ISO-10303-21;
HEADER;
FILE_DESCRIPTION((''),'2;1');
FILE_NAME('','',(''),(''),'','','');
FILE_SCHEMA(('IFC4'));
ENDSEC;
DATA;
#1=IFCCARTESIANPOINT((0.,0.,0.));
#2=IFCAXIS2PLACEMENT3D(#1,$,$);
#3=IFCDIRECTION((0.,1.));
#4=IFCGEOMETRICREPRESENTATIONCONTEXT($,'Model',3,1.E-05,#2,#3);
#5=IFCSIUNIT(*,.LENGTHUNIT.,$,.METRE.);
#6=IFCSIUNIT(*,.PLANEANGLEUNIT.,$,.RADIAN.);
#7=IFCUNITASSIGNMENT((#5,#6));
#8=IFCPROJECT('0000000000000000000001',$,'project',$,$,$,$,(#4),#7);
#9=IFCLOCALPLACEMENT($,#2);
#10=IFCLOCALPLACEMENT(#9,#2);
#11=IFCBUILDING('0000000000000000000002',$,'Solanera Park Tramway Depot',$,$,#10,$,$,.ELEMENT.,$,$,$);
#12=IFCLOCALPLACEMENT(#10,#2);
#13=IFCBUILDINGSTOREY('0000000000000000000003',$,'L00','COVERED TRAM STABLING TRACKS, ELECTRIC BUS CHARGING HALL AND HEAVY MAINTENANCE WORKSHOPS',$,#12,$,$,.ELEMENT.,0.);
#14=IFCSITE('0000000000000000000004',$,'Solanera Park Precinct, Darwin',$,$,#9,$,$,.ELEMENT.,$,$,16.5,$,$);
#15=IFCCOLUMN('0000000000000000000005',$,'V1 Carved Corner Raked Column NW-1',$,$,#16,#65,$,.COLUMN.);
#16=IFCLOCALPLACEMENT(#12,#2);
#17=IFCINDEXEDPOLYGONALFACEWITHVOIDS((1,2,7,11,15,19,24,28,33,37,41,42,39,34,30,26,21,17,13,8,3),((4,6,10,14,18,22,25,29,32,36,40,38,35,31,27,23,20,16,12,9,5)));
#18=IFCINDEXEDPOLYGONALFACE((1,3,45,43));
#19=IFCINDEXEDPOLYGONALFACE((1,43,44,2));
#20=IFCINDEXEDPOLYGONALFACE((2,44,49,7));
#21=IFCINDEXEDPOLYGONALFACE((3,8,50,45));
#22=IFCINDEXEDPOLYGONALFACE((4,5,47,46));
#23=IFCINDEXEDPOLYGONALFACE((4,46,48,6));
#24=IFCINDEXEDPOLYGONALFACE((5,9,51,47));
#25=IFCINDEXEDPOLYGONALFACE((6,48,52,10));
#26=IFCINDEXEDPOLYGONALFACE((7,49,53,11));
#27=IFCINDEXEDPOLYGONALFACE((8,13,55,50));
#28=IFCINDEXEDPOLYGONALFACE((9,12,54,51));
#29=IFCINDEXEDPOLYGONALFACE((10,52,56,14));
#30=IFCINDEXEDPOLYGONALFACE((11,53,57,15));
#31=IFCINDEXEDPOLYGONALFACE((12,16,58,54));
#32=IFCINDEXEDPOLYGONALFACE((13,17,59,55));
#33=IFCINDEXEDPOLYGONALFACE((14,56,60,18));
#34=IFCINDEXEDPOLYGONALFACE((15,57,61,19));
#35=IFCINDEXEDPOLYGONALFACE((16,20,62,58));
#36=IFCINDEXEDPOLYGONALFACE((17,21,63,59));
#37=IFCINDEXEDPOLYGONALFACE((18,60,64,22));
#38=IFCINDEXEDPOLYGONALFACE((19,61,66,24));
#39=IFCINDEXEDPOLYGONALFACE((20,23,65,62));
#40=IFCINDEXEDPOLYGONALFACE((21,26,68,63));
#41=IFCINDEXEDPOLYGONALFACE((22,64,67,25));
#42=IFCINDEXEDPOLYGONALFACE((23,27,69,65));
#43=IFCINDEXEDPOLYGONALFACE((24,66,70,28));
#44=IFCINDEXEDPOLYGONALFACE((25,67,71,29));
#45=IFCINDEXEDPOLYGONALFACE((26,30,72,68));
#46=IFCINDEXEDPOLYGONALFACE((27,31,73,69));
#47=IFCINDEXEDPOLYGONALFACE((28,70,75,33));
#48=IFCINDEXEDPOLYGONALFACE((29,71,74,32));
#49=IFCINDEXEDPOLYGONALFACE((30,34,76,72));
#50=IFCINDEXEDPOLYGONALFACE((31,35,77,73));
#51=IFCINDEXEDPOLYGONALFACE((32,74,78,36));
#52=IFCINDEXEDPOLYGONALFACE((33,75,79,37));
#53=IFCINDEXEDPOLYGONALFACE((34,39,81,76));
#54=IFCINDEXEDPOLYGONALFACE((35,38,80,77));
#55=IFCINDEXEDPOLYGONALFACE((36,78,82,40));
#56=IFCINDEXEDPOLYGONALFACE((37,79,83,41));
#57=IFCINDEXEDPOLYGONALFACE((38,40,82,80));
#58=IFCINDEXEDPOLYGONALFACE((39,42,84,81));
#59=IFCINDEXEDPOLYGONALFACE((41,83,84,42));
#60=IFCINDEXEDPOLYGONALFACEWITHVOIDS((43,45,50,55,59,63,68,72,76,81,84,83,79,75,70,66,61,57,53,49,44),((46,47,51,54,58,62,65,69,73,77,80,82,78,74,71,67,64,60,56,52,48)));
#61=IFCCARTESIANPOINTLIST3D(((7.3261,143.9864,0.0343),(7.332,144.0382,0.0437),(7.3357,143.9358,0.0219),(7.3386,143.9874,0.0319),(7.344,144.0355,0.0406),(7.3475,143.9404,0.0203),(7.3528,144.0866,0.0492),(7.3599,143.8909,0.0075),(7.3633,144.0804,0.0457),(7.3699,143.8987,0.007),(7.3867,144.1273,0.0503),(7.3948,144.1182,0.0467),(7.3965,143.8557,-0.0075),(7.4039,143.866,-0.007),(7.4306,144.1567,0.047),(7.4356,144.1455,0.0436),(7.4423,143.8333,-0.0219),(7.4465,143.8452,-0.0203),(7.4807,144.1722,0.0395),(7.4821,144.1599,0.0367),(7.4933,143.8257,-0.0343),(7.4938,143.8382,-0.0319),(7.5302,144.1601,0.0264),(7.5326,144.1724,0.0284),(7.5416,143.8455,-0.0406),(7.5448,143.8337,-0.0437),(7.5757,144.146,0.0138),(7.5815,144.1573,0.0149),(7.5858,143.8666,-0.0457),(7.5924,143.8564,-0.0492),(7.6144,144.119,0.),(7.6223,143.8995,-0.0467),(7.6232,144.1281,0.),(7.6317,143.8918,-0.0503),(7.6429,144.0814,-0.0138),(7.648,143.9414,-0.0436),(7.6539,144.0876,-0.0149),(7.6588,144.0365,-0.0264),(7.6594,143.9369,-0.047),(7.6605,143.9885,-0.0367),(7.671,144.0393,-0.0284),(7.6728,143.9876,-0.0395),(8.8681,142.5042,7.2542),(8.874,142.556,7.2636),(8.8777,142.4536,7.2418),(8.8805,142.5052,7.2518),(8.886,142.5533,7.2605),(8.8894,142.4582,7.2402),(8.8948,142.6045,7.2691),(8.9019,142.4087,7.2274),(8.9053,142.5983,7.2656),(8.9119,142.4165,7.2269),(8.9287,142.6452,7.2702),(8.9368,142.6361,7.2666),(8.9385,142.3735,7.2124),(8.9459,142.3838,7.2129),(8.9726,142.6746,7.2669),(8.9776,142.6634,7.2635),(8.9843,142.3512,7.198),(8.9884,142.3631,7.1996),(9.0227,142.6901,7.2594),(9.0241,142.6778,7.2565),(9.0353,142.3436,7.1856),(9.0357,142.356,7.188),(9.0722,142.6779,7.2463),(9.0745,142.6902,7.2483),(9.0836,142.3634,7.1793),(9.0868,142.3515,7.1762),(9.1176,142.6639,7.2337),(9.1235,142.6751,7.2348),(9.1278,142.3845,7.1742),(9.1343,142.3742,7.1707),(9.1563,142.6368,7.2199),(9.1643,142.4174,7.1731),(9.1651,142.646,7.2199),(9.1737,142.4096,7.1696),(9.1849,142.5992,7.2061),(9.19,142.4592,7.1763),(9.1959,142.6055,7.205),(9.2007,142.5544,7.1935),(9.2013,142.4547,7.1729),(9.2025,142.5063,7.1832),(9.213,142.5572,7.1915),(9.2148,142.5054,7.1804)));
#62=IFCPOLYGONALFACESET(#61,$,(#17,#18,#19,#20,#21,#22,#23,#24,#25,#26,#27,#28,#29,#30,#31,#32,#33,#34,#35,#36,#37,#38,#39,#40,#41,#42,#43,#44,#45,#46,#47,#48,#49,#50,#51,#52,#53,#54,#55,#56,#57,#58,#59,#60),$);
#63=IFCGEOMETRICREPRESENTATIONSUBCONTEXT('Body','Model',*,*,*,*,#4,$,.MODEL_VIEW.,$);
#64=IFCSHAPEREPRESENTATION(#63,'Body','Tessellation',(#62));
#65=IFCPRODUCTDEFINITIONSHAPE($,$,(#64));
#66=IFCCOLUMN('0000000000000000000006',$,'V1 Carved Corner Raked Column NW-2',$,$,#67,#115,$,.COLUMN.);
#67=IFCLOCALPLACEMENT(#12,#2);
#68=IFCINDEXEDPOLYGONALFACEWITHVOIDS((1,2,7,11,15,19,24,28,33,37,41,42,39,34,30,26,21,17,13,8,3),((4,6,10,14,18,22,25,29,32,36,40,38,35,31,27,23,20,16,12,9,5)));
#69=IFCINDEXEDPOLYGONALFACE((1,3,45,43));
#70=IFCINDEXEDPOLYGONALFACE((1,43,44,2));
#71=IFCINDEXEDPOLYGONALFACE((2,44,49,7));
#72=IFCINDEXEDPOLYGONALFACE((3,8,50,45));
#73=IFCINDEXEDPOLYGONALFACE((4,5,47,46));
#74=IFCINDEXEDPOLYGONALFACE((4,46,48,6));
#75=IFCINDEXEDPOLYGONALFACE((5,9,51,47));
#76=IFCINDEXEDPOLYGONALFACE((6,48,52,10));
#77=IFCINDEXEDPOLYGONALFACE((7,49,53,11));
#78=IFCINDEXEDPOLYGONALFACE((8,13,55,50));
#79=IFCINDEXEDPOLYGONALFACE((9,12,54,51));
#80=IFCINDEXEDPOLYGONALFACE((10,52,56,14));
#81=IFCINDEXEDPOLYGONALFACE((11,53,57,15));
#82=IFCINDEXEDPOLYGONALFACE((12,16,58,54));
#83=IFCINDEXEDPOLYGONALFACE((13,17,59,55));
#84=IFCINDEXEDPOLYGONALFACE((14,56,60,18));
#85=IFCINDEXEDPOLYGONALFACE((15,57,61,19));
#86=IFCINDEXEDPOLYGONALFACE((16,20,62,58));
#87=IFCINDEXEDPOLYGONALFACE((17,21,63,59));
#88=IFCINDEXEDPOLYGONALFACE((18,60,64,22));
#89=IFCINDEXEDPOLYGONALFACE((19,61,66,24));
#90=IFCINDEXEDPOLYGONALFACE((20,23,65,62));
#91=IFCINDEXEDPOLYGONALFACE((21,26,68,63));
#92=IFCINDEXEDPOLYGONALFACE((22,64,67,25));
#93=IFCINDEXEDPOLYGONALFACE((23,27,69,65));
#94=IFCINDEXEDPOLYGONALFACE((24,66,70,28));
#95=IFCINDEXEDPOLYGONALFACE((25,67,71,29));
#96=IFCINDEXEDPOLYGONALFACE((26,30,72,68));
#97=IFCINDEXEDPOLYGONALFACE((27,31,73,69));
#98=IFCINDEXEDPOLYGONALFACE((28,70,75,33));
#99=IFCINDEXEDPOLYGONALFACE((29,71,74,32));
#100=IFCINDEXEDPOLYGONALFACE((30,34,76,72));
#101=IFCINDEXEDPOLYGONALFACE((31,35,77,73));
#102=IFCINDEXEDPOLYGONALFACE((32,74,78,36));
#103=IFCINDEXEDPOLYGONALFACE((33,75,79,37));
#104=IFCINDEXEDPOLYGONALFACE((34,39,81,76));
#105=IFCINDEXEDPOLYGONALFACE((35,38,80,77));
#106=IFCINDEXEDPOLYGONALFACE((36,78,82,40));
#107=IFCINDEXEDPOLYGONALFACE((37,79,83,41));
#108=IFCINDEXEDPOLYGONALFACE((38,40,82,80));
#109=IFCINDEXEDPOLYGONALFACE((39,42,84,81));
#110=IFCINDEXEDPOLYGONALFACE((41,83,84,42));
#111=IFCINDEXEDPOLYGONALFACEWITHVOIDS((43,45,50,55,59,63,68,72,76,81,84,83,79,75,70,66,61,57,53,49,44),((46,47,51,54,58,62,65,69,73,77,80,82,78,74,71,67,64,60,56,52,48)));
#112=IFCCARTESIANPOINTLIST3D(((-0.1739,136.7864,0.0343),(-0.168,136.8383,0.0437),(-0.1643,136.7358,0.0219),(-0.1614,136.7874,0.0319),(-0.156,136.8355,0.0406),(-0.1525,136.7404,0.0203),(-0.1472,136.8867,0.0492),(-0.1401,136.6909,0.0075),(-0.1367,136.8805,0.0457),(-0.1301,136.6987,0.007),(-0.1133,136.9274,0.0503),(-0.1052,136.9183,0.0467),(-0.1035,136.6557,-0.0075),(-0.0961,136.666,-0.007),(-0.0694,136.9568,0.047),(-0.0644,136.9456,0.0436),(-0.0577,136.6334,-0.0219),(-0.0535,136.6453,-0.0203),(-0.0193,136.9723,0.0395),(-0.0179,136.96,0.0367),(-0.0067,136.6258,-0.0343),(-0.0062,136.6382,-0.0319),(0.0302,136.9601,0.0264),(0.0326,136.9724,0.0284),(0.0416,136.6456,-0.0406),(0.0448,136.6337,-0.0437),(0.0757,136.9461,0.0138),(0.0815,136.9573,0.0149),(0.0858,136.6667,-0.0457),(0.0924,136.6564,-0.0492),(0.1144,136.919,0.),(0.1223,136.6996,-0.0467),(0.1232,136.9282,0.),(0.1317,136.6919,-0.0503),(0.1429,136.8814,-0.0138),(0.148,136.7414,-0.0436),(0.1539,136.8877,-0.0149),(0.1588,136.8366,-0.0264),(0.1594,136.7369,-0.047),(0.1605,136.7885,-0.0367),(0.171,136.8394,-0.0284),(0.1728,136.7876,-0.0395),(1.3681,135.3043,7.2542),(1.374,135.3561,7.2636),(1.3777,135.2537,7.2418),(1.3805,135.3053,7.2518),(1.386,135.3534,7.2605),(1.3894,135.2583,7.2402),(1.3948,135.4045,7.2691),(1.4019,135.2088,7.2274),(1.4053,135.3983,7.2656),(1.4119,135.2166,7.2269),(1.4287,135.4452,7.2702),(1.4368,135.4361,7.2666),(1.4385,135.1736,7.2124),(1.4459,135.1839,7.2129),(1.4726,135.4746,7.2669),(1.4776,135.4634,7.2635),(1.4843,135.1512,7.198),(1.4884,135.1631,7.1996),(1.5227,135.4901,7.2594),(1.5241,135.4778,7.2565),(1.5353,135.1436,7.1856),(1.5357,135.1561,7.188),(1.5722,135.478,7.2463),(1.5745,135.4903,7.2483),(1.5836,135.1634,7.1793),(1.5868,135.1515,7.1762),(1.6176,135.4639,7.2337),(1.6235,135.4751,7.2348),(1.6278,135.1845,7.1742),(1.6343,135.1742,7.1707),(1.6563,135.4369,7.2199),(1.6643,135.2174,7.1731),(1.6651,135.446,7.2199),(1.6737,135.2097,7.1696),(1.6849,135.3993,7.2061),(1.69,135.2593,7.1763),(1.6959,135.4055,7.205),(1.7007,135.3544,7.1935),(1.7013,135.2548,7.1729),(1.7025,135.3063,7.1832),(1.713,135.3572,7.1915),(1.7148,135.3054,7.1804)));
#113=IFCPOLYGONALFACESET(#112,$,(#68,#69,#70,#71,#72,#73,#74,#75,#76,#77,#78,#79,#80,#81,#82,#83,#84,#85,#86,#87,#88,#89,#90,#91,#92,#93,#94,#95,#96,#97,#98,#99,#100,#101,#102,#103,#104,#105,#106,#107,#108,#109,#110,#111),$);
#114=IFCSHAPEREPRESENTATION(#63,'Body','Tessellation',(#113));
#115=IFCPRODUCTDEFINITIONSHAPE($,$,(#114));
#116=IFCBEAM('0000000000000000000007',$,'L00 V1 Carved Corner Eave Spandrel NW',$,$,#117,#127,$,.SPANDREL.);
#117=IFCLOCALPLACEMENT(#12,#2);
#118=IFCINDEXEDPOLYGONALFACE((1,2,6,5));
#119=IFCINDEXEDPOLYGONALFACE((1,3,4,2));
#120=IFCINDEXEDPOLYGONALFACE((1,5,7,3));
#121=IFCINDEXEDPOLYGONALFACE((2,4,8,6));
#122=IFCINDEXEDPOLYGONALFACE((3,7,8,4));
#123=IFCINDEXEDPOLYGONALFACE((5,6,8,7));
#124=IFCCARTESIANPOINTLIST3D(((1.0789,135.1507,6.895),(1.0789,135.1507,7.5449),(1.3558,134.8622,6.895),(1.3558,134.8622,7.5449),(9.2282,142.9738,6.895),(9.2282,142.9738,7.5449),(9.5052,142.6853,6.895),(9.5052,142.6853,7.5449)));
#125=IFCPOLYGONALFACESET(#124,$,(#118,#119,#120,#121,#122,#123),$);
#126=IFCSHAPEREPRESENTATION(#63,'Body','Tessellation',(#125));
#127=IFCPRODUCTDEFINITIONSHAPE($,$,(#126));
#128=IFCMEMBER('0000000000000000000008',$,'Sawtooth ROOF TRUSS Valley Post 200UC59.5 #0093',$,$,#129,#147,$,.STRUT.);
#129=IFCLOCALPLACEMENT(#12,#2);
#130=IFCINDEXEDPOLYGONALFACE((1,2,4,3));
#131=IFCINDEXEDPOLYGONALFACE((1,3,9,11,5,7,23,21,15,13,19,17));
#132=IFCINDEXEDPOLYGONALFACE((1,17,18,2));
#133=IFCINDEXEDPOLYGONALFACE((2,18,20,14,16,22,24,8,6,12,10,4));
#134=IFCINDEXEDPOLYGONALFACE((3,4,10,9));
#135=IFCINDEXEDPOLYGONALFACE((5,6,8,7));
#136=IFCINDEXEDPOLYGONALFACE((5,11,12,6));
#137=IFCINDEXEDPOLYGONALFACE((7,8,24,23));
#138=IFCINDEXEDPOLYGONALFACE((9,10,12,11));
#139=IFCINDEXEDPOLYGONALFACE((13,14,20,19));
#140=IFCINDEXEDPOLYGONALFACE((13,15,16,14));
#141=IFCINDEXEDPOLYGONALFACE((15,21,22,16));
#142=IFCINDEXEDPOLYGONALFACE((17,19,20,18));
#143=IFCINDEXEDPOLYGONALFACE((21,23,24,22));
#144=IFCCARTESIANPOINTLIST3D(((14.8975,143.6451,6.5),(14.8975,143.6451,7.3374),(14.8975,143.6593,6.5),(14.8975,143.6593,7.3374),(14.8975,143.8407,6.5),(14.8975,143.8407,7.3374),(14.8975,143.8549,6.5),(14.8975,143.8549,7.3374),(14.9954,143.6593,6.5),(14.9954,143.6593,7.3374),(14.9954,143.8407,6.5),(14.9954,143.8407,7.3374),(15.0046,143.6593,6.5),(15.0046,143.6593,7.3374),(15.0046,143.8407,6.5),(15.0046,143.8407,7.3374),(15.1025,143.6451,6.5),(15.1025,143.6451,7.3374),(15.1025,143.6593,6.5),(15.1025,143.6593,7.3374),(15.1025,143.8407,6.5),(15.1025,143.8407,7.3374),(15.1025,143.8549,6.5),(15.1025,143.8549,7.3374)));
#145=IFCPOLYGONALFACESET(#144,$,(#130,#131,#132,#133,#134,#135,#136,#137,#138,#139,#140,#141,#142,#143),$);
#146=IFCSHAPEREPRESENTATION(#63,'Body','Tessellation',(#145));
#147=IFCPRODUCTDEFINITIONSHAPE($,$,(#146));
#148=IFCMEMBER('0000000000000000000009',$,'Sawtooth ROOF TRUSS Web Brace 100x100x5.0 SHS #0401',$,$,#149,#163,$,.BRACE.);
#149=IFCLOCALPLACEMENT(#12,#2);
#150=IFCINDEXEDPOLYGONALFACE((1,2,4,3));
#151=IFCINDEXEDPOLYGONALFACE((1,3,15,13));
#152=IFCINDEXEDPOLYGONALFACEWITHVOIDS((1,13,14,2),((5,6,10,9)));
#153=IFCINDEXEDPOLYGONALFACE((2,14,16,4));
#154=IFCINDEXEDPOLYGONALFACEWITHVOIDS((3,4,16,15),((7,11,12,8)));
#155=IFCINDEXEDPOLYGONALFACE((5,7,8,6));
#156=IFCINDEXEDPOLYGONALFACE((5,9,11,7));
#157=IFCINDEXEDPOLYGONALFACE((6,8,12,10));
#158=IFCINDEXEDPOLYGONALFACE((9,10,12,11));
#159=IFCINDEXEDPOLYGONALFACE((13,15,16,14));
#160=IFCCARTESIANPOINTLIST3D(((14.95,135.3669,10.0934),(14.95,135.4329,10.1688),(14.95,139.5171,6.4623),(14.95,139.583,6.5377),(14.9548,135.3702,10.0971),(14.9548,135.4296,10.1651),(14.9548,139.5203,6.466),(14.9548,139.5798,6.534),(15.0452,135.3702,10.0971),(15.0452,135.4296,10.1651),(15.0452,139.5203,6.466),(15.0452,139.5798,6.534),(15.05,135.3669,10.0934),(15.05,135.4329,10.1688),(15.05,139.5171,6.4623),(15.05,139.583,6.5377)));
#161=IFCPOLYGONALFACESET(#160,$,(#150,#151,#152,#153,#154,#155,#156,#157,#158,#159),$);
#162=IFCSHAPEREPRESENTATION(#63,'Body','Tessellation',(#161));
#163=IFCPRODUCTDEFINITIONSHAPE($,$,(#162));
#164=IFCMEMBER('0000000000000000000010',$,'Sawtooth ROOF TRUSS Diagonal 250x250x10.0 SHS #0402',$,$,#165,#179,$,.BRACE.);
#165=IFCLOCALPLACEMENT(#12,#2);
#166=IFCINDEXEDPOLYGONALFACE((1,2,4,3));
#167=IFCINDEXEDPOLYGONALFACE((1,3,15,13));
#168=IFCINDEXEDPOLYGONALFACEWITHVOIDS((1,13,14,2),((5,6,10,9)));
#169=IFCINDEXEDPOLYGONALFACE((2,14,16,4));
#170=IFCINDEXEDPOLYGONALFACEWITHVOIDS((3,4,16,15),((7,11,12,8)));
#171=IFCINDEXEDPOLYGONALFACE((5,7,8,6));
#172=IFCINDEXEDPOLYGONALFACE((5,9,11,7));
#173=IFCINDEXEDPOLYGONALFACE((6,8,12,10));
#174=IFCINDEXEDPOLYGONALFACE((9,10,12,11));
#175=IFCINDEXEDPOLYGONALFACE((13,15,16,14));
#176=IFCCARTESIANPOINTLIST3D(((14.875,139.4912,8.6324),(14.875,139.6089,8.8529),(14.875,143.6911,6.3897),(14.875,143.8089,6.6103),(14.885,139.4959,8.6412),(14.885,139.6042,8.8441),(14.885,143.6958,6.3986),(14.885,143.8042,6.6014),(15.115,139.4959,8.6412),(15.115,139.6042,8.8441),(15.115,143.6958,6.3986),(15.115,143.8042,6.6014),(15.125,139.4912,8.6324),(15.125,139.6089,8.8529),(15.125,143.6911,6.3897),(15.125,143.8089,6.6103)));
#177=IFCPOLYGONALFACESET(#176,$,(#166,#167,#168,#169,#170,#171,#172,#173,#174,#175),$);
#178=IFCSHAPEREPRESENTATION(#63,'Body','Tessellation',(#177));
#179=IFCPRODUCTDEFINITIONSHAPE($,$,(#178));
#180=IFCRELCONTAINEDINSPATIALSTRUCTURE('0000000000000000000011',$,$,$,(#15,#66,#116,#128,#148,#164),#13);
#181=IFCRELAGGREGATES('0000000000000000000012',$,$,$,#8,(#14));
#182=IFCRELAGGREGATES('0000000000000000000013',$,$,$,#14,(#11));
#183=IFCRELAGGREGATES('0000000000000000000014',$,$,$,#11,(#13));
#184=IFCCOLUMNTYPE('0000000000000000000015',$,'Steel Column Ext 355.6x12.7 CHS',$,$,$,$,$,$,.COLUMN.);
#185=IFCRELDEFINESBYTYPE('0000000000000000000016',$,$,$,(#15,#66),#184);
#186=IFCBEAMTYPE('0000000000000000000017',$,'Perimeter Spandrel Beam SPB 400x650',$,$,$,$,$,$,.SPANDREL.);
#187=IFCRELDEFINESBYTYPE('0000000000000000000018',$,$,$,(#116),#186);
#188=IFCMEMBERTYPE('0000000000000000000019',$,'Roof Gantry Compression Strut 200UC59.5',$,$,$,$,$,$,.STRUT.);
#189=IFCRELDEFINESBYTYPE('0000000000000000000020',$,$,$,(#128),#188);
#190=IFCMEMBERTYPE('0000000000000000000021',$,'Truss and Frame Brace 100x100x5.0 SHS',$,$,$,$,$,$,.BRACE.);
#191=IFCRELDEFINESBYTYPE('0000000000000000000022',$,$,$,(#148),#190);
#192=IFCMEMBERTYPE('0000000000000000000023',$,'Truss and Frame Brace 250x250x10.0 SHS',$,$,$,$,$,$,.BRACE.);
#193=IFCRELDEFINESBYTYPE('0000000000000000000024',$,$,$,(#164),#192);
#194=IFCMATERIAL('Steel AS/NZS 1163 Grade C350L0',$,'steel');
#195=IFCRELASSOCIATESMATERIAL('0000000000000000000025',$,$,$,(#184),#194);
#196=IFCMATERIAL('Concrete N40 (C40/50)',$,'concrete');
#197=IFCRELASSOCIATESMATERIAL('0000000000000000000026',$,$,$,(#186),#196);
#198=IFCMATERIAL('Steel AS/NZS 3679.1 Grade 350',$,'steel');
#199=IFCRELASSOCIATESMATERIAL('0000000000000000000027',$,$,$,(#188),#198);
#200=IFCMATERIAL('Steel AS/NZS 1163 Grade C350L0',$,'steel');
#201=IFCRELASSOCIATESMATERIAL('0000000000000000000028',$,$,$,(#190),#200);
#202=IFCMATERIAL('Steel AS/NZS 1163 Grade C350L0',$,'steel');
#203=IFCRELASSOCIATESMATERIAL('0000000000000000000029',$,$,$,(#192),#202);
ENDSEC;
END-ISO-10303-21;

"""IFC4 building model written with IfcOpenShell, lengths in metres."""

from ifc_helpers import new_model, si_unit, direction, frame, origin, origin_2d, place, context, subcontext, project, spatial, rectangle, hollow_rectangle, hollow_circle, i_section, extrude, material, material_profile, profile_set, type_object, element, save


model = new_model("IFC4")

# Units and contexts
model_context = context("Model", 3, precision=1e-05, world=origin(), true_north=direction((0.0, 1.0)))
body_context = subcontext(model_context, "Body", "Model", "MODEL_VIEW")
ifc_project = project(units=[si_unit("LENGTHUNIT", "METRE"), si_unit("PLANEANGLEUNIT", "RADIAN")], contexts=[model_context])

# Site, building, storey
site_placement = place(None, origin())
site = spatial("IfcSite", under=ifc_project, at=site_placement, Name="Solanera Park Precinct, Darwin", CompositionType="ELEMENT", RefElevation=16.5)
building_placement = place(site_placement, origin())
building = spatial("IfcBuilding", under=site, at=building_placement, Name="Solanera Park Tramway Depot", CompositionType="ELEMENT")
storey_placement = place(building_placement, origin())
storey = spatial("IfcBuildingStorey", under=building, at=storey_placement, Name="L00", Description="COVERED TRAM STABLING TRACKS, ELECTRIC BUS CHARGING HALL AND HEAVY MAINTENANCE WORKSHOPS", CompositionType="ELEMENT", Elevation=0.0)

# Columns
ifc_material_1 = material(Name="Steel AS/NZS 1163 Grade C350L0", Category="steel")
ifc_material_profile_1 = material_profile(ifc_material_1, hollow_circle(Radius=0.1777, WallThickness=0.0127, at=origin_2d()), Name="355.6x12.7 CHS")
ifc_profile_set_1 = profile_set([ifc_material_profile_1], Name="Steel AS/NZS 1163 Grade C350L0")
column_type_1 = type_object("IfcColumnType", Name="Steel Column Ext 355.6x12.7 CHS", PredefinedType="COLUMN", material=ifc_profile_set_1)
for number, where, z_axis, x_axis, name in (
    (1, (7.5, 144.0, 0.0), (0.204777, -0.196833, 0.958813), (0.692986, 0.720952, 0.0), "V1 Carved Corner Raked Column NW-1"),
    (2, (0.0, 136.8, 0.0), (0.204777, -0.196833, 0.958813), (0.692986, 0.720952, 0.0), "V1 Carved Corner Raked Column NW-2"),
):
    element("IfcColumn", number, at=place(storey_placement, frame(where, z_axis=z_axis, x_axis=x_axis)), inside=storey, type_object=column_type_1, Name=name, PredefinedType="COLUMN", context=body_context, shape_type="SweptSolid", body=[
        extrude(hollow_circle(Radius=0.1777, WallThickness=0.0127, at=origin_2d()), origin(), (0.0, 0.0, 1.0), 7.53),
    ])

# Beam
ifc_material_2 = material(Name="Concrete N40 (C40/50)", Category="concrete")
ifc_material_profile_2 = material_profile(ifc_material_2, rectangle(XDim=0.3999, YDim=0.6499, at=origin_2d()), Name="SPB 400x650")
ifc_profile_set_2 = profile_set([ifc_material_profile_2], Name="Concrete N40 (C40/50)")
beam_type = type_object("IfcBeamType", Name="Perimeter Spandrel Beam SPB 400x650", PredefinedType="SPANDREL", material=ifc_profile_set_2)
beam_placement = place(storey_placement, frame((9.3667, 142.8296, 7.22), z_axis=(-0.721396, -0.692523, 0.0), x_axis=(0.692523, -0.721396, 0.0)))
element("IfcBeam", 3, at=beam_placement, inside=storey, type_object=beam_type, Name="L00 V1 Carved Corner Eave Spandrel NW", PredefinedType="SPANDREL", context=body_context, shape_type="SweptSolid", body=[
    extrude(rectangle(XDim=0.3999, YDim=0.6499, at=origin_2d()), origin(), (0.0, 0.0, 1.0), 11.2966),
])

# Members
ifc_material_3 = material(Name="Steel AS/NZS 3679.1 Grade 350", Category="steel")
ifc_material_profile_3 = material_profile(ifc_material_3, i_section(OverallWidth=0.2051, OverallDepth=0.2097, WebThickness=0.0093, FlangeThickness=0.0142, at=origin_2d()), Name="200UC59.5")
ifc_profile_set_3 = profile_set([ifc_material_profile_3], Name="Steel AS/NZS 3679.1 Grade 350")
member_type_1 = type_object("IfcMemberType", Name="Roof Gantry Compression Strut 200UC59.5", PredefinedType="STRUT", material=ifc_profile_set_3)
member_1_placement = place(storey_placement, frame((15.0, 143.75, 6.5), z_axis=(0.0, 0.0, 1.0), x_axis=(1.0, 0.0, 0.0)))
element("IfcMember", 4, at=member_1_placement, inside=storey, type_object=member_type_1, Name="Sawtooth ROOF TRUSS Valley Post 200UC59.5 #0093", PredefinedType="STRUT", context=body_context, shape_type="SweptSolid", body=[
    extrude(i_section(OverallWidth=0.2051, OverallDepth=0.2097, WebThickness=0.0093, FlangeThickness=0.0142, at=origin_2d()), origin(), (0.0, 0.0, 1.0), 0.8374),
])
ifc_material_4 = material(Name="Steel AS/NZS 1163 Grade C350L0", Category="steel")
ifc_material_profile_4 = material_profile(ifc_material_4, hollow_rectangle(XDim=0.1001, YDim=0.1001, WallThickness=0.0049, at=origin_2d()), Name="100x100x5.0 SHS")
ifc_profile_set_4 = profile_set([ifc_material_profile_4], Name="Steel AS/NZS 1163 Grade C350L0")
member_type_2 = type_object("IfcMemberType", Name="Truss and Frame Brace 100x100x5.0 SHS", PredefinedType="BRACE", material=ifc_profile_set_4)
member_2_placement = place(storey_placement, frame((15.0, 139.55, 6.5), z_axis=(0.0, -0.752601, 0.658476), x_axis=(1.0, 0.0, 0.0)))
element("IfcMember", 5, at=member_2_placement, inside=storey, type_object=member_type_2, Name="Sawtooth ROOF TRUSS Web Brace 100x100x5.0 SHS #0401", PredefinedType="BRACE", context=body_context, shape_type="SweptSolid", body=[
    extrude(hollow_rectangle(XDim=0.1001, YDim=0.1001, WallThickness=0.0049, at=origin_2d()), origin(), (0.0, 0.0, 1.0), 5.5144),
])
ifc_material_5 = material(Name="Steel AS/NZS 1163 Grade C350L0", Category="steel")
ifc_material_profile_5 = material_profile(ifc_material_5, hollow_rectangle(XDim=0.25, YDim=0.25, WallThickness=0.01, at=origin_2d()), Name="250x250x10.0 SHS")
ifc_profile_set_5 = profile_set([ifc_material_profile_5], Name="Steel AS/NZS 1163 Grade C350L0")
member_type_3 = type_object("IfcMemberType", Name="Truss and Frame Brace 250x250x10.0 SHS", PredefinedType="BRACE", material=ifc_profile_set_5)
member_3_placement = place(storey_placement, frame((15.0, 143.75, 6.5), z_axis=(0.0, -0.882117, 0.47103), x_axis=(1.0, 0.0, 0.0)))
element("IfcMember", 6, at=member_3_placement, inside=storey, type_object=member_type_3, Name="Sawtooth ROOF TRUSS Diagonal 250x250x10.0 SHS #0402", PredefinedType="BRACE", context=body_context, shape_type="SweptSolid", body=[
    extrude(hollow_rectangle(XDim=0.25, YDim=0.25, WallThickness=0.01, at=origin_2d()), origin(), (0.0, 0.0, 1.0), 4.7612),
])

save(model, "model.ifc")
